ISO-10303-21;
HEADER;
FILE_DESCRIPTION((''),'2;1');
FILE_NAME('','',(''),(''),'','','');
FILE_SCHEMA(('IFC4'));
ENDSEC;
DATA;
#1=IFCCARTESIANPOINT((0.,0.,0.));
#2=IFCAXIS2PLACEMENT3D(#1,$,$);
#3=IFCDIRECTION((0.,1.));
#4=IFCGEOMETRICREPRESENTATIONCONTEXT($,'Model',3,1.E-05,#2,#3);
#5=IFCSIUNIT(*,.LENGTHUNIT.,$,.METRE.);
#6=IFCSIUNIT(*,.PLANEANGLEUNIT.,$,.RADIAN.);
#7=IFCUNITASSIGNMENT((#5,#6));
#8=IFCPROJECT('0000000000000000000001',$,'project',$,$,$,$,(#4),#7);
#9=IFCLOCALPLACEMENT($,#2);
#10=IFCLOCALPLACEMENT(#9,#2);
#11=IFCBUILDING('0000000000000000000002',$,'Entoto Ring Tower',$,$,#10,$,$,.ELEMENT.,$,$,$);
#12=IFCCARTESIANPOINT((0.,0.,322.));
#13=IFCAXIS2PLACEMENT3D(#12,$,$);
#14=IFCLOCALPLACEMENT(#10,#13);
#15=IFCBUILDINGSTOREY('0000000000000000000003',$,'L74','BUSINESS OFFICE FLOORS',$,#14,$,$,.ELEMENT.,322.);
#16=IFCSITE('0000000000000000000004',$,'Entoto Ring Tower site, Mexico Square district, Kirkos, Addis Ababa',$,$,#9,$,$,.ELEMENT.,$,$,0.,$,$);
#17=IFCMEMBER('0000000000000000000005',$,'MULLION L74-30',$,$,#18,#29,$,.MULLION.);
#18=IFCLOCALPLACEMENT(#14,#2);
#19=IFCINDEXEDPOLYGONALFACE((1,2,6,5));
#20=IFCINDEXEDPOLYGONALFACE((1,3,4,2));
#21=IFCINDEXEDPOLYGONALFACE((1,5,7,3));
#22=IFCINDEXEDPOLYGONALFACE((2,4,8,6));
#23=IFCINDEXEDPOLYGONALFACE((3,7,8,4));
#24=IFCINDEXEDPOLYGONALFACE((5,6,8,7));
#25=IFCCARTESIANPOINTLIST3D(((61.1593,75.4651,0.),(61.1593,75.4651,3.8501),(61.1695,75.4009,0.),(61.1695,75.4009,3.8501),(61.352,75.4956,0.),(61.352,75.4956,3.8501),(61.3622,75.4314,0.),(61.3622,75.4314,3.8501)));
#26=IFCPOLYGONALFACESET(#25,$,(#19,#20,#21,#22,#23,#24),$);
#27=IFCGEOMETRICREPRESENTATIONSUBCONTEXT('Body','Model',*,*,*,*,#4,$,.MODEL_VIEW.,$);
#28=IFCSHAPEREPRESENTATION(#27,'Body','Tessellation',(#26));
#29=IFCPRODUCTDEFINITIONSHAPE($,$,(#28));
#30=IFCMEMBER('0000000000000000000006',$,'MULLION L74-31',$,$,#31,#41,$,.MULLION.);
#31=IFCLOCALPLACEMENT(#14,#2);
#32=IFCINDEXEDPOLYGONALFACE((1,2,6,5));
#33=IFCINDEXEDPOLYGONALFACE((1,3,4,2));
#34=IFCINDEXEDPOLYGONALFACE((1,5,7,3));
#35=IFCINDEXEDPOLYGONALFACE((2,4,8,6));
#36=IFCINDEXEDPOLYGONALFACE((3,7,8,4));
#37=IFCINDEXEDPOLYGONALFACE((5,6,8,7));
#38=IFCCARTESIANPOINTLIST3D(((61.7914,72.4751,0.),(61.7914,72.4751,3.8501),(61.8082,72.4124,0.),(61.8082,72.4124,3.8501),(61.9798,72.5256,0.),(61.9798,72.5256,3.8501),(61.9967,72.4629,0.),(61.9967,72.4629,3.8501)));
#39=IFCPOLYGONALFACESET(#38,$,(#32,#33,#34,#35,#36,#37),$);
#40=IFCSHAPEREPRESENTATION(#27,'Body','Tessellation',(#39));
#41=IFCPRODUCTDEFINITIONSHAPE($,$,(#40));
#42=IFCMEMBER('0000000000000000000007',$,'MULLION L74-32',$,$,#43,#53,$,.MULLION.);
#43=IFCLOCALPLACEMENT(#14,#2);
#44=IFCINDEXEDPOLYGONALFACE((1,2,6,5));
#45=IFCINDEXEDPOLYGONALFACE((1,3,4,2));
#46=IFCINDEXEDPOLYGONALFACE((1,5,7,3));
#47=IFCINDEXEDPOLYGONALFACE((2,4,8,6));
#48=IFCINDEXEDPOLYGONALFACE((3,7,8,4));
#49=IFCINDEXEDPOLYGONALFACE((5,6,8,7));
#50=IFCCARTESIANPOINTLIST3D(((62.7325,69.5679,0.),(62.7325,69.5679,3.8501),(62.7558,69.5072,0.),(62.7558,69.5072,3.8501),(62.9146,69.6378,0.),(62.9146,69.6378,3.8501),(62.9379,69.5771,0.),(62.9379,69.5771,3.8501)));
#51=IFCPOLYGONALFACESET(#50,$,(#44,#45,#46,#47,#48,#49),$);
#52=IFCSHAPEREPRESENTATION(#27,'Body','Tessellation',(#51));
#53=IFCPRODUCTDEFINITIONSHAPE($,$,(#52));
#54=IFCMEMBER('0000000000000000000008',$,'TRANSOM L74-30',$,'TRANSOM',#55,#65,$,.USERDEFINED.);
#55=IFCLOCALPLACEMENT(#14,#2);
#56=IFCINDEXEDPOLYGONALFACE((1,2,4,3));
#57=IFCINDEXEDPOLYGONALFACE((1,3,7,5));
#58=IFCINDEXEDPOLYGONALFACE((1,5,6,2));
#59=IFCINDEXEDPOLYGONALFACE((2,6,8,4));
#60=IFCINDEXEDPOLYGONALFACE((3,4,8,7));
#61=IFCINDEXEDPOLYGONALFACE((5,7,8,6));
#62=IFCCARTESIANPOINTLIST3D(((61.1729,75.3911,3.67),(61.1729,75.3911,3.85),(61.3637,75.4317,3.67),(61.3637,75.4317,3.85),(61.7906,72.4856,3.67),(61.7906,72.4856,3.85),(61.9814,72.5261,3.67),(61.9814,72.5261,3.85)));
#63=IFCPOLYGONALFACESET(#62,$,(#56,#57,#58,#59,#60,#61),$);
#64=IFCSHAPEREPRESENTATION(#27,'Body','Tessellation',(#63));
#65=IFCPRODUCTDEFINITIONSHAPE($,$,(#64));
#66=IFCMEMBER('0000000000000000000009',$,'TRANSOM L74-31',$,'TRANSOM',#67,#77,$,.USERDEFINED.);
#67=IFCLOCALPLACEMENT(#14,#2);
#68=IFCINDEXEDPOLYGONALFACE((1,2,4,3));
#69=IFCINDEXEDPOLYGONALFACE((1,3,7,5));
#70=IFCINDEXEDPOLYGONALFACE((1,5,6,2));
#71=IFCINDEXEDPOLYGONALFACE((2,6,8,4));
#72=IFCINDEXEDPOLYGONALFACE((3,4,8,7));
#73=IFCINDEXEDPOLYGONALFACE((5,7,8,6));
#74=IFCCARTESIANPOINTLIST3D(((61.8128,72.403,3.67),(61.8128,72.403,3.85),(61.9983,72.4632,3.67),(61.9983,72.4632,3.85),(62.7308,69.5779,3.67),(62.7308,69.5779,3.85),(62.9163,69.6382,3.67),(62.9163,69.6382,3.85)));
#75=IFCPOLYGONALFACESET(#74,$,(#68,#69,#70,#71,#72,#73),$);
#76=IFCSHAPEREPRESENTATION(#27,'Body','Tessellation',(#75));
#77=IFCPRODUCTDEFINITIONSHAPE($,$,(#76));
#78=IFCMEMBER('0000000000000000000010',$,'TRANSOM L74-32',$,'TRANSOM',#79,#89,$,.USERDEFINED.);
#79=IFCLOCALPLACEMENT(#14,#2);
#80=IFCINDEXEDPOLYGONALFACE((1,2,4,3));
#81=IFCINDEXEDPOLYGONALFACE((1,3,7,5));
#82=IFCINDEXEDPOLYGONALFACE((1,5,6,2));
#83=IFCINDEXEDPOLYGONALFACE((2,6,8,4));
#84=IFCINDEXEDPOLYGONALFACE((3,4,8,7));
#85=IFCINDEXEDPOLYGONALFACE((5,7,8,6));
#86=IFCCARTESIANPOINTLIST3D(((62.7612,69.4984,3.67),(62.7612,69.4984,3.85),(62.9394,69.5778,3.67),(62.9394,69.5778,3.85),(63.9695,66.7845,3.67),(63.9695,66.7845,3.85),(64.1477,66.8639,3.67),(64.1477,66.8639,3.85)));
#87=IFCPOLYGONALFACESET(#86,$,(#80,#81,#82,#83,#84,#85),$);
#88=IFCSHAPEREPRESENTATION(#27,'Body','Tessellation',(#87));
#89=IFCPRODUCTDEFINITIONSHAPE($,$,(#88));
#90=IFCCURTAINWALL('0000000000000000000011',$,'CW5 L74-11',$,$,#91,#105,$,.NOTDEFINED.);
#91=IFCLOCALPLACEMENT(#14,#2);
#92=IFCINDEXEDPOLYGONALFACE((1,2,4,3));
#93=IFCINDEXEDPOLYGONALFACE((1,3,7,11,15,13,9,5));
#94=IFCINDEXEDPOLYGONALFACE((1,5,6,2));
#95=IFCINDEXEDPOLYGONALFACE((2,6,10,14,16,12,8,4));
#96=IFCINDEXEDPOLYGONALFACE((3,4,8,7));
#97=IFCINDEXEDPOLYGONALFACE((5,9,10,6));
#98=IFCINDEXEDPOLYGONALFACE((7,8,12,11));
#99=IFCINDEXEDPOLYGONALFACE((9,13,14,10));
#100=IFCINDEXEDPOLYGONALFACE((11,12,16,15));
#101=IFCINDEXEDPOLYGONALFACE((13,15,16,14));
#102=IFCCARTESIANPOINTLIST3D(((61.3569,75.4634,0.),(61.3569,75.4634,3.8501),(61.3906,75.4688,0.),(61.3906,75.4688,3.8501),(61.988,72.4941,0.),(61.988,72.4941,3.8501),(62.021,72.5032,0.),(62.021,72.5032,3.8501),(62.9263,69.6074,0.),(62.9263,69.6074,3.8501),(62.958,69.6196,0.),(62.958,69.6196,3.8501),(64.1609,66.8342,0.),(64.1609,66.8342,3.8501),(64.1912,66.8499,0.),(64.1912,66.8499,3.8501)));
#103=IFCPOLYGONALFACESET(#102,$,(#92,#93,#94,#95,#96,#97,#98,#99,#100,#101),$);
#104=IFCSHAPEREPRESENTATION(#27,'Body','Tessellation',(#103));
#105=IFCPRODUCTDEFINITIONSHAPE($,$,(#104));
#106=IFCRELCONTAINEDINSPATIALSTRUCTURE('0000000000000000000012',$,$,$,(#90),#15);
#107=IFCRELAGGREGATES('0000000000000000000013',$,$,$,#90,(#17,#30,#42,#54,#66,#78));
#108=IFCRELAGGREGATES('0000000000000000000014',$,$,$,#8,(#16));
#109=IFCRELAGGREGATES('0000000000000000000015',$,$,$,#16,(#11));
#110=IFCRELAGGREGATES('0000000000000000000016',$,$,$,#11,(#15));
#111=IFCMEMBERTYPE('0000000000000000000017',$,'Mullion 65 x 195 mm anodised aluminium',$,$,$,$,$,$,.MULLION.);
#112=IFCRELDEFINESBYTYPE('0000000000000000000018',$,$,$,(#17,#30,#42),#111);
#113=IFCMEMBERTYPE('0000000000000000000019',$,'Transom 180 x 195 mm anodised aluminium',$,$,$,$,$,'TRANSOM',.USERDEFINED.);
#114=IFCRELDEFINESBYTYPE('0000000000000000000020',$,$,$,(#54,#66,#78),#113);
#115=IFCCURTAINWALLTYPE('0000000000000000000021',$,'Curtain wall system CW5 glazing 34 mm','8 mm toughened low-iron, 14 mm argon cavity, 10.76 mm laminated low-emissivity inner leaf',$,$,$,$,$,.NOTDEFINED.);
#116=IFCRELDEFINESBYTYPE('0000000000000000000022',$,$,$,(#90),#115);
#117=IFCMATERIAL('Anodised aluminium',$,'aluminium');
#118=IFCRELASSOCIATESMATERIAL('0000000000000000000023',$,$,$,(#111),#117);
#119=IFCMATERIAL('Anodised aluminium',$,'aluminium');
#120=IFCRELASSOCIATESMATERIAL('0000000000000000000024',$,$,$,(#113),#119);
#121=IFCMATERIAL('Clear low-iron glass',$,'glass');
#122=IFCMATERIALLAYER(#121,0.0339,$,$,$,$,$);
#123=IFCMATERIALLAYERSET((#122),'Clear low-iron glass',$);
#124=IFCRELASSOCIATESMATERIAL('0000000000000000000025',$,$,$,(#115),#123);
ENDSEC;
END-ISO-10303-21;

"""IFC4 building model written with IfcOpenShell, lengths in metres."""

from ifc_helpers import new_model, si_unit, direction, frame, origin, origin_2d, place, context, subcontext, project, spatial, polyline, rectangle, outline, extrude, material, layer, layer_set, material_profile, profile_set, type_object, element, aggregate, save


model = new_model("IFC4")

# Units and contexts
model_context = context("Model", 3, precision=1e-05, world=origin(), true_north=direction((0.0, 1.0)))
body_context = subcontext(model_context, "Body", "Model", "MODEL_VIEW")
ifc_project = project(units=[si_unit("LENGTHUNIT", "METRE"), si_unit("PLANEANGLEUNIT", "RADIAN")], contexts=[model_context])

# Members
ifc_material_1 = material(Name="Anodised aluminium", Category="aluminium")
ifc_material_profile_1 = material_profile(ifc_material_1, rectangle(XDim=0.0649, YDim=0.1951, at=origin_2d()), Name="Mullion 65 x 195 mm anodised aluminium")
ifc_profile_set_1 = profile_set([ifc_material_profile_1], Name="Anodised aluminium")
member_type_1 = type_object("IfcMemberType", Name="Mullion 65 x 195 mm anodised aluminium", PredefinedType="MULLION", material=ifc_profile_set_1)
site_placement = place(None, origin())
building_placement = place(site_placement, origin())
storey_placement = place(building_placement, frame((0.0, 0.0, 322.0)))
member_1_placement = place(storey_placement, frame((61.2607, 75.4482, 0.0), z_axis=(0.0, 0.0, 1.0), x_axis=(0.156434, -0.987688, 0.0)))
member_1 = element("IfcMember", 1, at=member_1_placement, type_object=member_type_1, Name="MULLION L74-30", PredefinedType="MULLION", context=body_context, shape_type="SweptSolid", body=[
    extrude(rectangle(XDim=0.0649, YDim=0.1951, at=origin_2d()), origin(), (0.0, 0.0, 1.0), 3.8501),
])
member_2_placement = place(storey_placement, frame((61.894, 72.469, 0.0), z_axis=(0.0, 0.0, 1.0), x_axis=(0.258819, -0.965926, 0.0)))
member_2 = element("IfcMember", 2, at=member_2_placement, type_object=member_type_1, Name="MULLION L74-31", PredefinedType="MULLION", context=body_context, shape_type="SweptSolid", body=[
    extrude(rectangle(XDim=0.0649, YDim=0.1951, at=origin_2d()), origin(), (0.0, 0.0, 1.0), 3.8501),
])
member_3_placement = place(storey_placement, frame((62.8352, 69.5725, 0.0), z_axis=(0.0, 0.0, 1.0), x_axis=(0.358368, -0.93358, 0.0)))
member_3 = element("IfcMember", 3, at=member_3_placement, type_object=member_type_1, Name="MULLION L74-32", PredefinedType="MULLION", context=body_context, shape_type="SweptSolid", body=[
    extrude(rectangle(XDim=0.0649, YDim=0.1951, at=origin_2d()), origin(), (0.0, 0.0, 1.0), 3.8501),
])
ifc_material_2 = material(Name="Anodised aluminium", Category="aluminium")
ifc_material_profile_2 = material_profile(ifc_material_2, rectangle(XDim=0.1951, YDim=0.1799, at=origin_2d()), Name="Transom 180 x 195 mm anodised aluminium")
ifc_profile_set_2 = profile_set([ifc_material_profile_2], Name="Anodised aluminium")
member_type_2 = type_object("IfcMemberType", Name="Transom 180 x 195 mm anodised aluminium", ElementType="TRANSOM", PredefinedType="USERDEFINED", material=ifc_profile_set_2)
member_4_placement = place(storey_placement, frame((61.2683, 75.4114, 3.76), z_axis=(0.20794, -0.978142, 0.0), x_axis=(0.978142, 0.20794, 0.0)))
member_4 = element("IfcMember", 4, at=member_4_placement, type_object=member_type_2, Name="TRANSOM L74-30", ObjectType="TRANSOM", PredefinedType="USERDEFINED", context=body_context, shape_type="SweptSolid", body=[
    extrude(rectangle(XDim=0.1951, YDim=0.1799, at=origin_2d()), origin(), (0.0, 0.0, 1.0), 2.9705),
])
member_5_placement = place(storey_placement, frame((61.9055, 72.4331, 3.76), z_axis=(0.309043, -0.951048, 0.0), x_axis=(0.951048, 0.309043, 0.0)))
member_5 = element("IfcMember", 5, at=member_5_placement, type_object=member_type_2, Name="TRANSOM L74-31", ObjectType="TRANSOM", PredefinedType="USERDEFINED", context=body_context, shape_type="SweptSolid", body=[
    extrude(rectangle(XDim=0.1951, YDim=0.1799, at=origin_2d()), origin(), (0.0, 0.0, 1.0), 2.9705),
])
member_6_placement = place(storey_placement, frame((62.8503, 69.5381, 3.76), z_axis=(0.406726, -0.91355, 0.0), x_axis=(0.91355, 0.406726, 0.0)))
member_6 = element("IfcMember", 6, at=member_6_placement, type_object=member_type_2, Name="TRANSOM L74-32", ObjectType="TRANSOM", PredefinedType="USERDEFINED", context=body_context, shape_type="SweptSolid", body=[
    extrude(rectangle(XDim=0.1951, YDim=0.1799, at=origin_2d()), origin(), (0.0, 0.0, 1.0), 2.9707),
])

# Site, building, storey
site = spatial("IfcSite", under=ifc_project, at=site_placement, Name="Entoto Ring Tower site, Mexico Square district, Kirkos, Addis Ababa", CompositionType="ELEMENT", RefElevation=0.0)
building = spatial("IfcBuilding", under=site, at=building_placement, Name="Entoto Ring Tower", CompositionType="ELEMENT")
storey = spatial("IfcBuildingStorey", under=building, at=storey_placement, Name="L74", Description="BUSINESS OFFICE FLOORS", CompositionType="ELEMENT", Elevation=322.0)

# Curtain wall
ifc_material_3 = material(Name="Clear low-iron glass", Category="glass")
ifc_layer = layer(ifc_material_3, 0.0339)
ifc_layer_set = layer_set([ifc_layer], Name="Clear low-iron glass")
curtain_wall_type = type_object("IfcCurtainWallType", Name="Curtain wall system CW5 glazing 34 mm", Description="8 mm toughened low-iron, 14 mm argon cavity, 10.76 mm laminated low-emissivity inner leaf", PredefinedType="NOTDEFINED", material=ifc_layer_set)
curtain_wall_1_placement = place(storey_placement, origin())
curtain_wall_1 = element("IfcCurtainWall", 7, at=curtain_wall_1_placement, inside=storey, type_object=curtain_wall_type, Name="CW5 L74-11", PredefinedType="NOTDEFINED", context=body_context, shape_type="SweptSolid", body=[
    extrude(outline(polyline([(61.3569, 75.4634), (61.988, 72.4941), (62.9263, 69.6074), (64.1609, 66.8342), (64.1912, 66.8499), (62.958, 69.6196), (62.021, 72.5032), (61.3906, 75.4688), (61.3569, 75.4634)])), origin(), (0.0, 0.0, 1.0), 3.8501),
])
aggregate(curtain_wall_1, [member_1, member_2, member_3, member_4, member_5, member_6])

save(model, "model.ifc")
